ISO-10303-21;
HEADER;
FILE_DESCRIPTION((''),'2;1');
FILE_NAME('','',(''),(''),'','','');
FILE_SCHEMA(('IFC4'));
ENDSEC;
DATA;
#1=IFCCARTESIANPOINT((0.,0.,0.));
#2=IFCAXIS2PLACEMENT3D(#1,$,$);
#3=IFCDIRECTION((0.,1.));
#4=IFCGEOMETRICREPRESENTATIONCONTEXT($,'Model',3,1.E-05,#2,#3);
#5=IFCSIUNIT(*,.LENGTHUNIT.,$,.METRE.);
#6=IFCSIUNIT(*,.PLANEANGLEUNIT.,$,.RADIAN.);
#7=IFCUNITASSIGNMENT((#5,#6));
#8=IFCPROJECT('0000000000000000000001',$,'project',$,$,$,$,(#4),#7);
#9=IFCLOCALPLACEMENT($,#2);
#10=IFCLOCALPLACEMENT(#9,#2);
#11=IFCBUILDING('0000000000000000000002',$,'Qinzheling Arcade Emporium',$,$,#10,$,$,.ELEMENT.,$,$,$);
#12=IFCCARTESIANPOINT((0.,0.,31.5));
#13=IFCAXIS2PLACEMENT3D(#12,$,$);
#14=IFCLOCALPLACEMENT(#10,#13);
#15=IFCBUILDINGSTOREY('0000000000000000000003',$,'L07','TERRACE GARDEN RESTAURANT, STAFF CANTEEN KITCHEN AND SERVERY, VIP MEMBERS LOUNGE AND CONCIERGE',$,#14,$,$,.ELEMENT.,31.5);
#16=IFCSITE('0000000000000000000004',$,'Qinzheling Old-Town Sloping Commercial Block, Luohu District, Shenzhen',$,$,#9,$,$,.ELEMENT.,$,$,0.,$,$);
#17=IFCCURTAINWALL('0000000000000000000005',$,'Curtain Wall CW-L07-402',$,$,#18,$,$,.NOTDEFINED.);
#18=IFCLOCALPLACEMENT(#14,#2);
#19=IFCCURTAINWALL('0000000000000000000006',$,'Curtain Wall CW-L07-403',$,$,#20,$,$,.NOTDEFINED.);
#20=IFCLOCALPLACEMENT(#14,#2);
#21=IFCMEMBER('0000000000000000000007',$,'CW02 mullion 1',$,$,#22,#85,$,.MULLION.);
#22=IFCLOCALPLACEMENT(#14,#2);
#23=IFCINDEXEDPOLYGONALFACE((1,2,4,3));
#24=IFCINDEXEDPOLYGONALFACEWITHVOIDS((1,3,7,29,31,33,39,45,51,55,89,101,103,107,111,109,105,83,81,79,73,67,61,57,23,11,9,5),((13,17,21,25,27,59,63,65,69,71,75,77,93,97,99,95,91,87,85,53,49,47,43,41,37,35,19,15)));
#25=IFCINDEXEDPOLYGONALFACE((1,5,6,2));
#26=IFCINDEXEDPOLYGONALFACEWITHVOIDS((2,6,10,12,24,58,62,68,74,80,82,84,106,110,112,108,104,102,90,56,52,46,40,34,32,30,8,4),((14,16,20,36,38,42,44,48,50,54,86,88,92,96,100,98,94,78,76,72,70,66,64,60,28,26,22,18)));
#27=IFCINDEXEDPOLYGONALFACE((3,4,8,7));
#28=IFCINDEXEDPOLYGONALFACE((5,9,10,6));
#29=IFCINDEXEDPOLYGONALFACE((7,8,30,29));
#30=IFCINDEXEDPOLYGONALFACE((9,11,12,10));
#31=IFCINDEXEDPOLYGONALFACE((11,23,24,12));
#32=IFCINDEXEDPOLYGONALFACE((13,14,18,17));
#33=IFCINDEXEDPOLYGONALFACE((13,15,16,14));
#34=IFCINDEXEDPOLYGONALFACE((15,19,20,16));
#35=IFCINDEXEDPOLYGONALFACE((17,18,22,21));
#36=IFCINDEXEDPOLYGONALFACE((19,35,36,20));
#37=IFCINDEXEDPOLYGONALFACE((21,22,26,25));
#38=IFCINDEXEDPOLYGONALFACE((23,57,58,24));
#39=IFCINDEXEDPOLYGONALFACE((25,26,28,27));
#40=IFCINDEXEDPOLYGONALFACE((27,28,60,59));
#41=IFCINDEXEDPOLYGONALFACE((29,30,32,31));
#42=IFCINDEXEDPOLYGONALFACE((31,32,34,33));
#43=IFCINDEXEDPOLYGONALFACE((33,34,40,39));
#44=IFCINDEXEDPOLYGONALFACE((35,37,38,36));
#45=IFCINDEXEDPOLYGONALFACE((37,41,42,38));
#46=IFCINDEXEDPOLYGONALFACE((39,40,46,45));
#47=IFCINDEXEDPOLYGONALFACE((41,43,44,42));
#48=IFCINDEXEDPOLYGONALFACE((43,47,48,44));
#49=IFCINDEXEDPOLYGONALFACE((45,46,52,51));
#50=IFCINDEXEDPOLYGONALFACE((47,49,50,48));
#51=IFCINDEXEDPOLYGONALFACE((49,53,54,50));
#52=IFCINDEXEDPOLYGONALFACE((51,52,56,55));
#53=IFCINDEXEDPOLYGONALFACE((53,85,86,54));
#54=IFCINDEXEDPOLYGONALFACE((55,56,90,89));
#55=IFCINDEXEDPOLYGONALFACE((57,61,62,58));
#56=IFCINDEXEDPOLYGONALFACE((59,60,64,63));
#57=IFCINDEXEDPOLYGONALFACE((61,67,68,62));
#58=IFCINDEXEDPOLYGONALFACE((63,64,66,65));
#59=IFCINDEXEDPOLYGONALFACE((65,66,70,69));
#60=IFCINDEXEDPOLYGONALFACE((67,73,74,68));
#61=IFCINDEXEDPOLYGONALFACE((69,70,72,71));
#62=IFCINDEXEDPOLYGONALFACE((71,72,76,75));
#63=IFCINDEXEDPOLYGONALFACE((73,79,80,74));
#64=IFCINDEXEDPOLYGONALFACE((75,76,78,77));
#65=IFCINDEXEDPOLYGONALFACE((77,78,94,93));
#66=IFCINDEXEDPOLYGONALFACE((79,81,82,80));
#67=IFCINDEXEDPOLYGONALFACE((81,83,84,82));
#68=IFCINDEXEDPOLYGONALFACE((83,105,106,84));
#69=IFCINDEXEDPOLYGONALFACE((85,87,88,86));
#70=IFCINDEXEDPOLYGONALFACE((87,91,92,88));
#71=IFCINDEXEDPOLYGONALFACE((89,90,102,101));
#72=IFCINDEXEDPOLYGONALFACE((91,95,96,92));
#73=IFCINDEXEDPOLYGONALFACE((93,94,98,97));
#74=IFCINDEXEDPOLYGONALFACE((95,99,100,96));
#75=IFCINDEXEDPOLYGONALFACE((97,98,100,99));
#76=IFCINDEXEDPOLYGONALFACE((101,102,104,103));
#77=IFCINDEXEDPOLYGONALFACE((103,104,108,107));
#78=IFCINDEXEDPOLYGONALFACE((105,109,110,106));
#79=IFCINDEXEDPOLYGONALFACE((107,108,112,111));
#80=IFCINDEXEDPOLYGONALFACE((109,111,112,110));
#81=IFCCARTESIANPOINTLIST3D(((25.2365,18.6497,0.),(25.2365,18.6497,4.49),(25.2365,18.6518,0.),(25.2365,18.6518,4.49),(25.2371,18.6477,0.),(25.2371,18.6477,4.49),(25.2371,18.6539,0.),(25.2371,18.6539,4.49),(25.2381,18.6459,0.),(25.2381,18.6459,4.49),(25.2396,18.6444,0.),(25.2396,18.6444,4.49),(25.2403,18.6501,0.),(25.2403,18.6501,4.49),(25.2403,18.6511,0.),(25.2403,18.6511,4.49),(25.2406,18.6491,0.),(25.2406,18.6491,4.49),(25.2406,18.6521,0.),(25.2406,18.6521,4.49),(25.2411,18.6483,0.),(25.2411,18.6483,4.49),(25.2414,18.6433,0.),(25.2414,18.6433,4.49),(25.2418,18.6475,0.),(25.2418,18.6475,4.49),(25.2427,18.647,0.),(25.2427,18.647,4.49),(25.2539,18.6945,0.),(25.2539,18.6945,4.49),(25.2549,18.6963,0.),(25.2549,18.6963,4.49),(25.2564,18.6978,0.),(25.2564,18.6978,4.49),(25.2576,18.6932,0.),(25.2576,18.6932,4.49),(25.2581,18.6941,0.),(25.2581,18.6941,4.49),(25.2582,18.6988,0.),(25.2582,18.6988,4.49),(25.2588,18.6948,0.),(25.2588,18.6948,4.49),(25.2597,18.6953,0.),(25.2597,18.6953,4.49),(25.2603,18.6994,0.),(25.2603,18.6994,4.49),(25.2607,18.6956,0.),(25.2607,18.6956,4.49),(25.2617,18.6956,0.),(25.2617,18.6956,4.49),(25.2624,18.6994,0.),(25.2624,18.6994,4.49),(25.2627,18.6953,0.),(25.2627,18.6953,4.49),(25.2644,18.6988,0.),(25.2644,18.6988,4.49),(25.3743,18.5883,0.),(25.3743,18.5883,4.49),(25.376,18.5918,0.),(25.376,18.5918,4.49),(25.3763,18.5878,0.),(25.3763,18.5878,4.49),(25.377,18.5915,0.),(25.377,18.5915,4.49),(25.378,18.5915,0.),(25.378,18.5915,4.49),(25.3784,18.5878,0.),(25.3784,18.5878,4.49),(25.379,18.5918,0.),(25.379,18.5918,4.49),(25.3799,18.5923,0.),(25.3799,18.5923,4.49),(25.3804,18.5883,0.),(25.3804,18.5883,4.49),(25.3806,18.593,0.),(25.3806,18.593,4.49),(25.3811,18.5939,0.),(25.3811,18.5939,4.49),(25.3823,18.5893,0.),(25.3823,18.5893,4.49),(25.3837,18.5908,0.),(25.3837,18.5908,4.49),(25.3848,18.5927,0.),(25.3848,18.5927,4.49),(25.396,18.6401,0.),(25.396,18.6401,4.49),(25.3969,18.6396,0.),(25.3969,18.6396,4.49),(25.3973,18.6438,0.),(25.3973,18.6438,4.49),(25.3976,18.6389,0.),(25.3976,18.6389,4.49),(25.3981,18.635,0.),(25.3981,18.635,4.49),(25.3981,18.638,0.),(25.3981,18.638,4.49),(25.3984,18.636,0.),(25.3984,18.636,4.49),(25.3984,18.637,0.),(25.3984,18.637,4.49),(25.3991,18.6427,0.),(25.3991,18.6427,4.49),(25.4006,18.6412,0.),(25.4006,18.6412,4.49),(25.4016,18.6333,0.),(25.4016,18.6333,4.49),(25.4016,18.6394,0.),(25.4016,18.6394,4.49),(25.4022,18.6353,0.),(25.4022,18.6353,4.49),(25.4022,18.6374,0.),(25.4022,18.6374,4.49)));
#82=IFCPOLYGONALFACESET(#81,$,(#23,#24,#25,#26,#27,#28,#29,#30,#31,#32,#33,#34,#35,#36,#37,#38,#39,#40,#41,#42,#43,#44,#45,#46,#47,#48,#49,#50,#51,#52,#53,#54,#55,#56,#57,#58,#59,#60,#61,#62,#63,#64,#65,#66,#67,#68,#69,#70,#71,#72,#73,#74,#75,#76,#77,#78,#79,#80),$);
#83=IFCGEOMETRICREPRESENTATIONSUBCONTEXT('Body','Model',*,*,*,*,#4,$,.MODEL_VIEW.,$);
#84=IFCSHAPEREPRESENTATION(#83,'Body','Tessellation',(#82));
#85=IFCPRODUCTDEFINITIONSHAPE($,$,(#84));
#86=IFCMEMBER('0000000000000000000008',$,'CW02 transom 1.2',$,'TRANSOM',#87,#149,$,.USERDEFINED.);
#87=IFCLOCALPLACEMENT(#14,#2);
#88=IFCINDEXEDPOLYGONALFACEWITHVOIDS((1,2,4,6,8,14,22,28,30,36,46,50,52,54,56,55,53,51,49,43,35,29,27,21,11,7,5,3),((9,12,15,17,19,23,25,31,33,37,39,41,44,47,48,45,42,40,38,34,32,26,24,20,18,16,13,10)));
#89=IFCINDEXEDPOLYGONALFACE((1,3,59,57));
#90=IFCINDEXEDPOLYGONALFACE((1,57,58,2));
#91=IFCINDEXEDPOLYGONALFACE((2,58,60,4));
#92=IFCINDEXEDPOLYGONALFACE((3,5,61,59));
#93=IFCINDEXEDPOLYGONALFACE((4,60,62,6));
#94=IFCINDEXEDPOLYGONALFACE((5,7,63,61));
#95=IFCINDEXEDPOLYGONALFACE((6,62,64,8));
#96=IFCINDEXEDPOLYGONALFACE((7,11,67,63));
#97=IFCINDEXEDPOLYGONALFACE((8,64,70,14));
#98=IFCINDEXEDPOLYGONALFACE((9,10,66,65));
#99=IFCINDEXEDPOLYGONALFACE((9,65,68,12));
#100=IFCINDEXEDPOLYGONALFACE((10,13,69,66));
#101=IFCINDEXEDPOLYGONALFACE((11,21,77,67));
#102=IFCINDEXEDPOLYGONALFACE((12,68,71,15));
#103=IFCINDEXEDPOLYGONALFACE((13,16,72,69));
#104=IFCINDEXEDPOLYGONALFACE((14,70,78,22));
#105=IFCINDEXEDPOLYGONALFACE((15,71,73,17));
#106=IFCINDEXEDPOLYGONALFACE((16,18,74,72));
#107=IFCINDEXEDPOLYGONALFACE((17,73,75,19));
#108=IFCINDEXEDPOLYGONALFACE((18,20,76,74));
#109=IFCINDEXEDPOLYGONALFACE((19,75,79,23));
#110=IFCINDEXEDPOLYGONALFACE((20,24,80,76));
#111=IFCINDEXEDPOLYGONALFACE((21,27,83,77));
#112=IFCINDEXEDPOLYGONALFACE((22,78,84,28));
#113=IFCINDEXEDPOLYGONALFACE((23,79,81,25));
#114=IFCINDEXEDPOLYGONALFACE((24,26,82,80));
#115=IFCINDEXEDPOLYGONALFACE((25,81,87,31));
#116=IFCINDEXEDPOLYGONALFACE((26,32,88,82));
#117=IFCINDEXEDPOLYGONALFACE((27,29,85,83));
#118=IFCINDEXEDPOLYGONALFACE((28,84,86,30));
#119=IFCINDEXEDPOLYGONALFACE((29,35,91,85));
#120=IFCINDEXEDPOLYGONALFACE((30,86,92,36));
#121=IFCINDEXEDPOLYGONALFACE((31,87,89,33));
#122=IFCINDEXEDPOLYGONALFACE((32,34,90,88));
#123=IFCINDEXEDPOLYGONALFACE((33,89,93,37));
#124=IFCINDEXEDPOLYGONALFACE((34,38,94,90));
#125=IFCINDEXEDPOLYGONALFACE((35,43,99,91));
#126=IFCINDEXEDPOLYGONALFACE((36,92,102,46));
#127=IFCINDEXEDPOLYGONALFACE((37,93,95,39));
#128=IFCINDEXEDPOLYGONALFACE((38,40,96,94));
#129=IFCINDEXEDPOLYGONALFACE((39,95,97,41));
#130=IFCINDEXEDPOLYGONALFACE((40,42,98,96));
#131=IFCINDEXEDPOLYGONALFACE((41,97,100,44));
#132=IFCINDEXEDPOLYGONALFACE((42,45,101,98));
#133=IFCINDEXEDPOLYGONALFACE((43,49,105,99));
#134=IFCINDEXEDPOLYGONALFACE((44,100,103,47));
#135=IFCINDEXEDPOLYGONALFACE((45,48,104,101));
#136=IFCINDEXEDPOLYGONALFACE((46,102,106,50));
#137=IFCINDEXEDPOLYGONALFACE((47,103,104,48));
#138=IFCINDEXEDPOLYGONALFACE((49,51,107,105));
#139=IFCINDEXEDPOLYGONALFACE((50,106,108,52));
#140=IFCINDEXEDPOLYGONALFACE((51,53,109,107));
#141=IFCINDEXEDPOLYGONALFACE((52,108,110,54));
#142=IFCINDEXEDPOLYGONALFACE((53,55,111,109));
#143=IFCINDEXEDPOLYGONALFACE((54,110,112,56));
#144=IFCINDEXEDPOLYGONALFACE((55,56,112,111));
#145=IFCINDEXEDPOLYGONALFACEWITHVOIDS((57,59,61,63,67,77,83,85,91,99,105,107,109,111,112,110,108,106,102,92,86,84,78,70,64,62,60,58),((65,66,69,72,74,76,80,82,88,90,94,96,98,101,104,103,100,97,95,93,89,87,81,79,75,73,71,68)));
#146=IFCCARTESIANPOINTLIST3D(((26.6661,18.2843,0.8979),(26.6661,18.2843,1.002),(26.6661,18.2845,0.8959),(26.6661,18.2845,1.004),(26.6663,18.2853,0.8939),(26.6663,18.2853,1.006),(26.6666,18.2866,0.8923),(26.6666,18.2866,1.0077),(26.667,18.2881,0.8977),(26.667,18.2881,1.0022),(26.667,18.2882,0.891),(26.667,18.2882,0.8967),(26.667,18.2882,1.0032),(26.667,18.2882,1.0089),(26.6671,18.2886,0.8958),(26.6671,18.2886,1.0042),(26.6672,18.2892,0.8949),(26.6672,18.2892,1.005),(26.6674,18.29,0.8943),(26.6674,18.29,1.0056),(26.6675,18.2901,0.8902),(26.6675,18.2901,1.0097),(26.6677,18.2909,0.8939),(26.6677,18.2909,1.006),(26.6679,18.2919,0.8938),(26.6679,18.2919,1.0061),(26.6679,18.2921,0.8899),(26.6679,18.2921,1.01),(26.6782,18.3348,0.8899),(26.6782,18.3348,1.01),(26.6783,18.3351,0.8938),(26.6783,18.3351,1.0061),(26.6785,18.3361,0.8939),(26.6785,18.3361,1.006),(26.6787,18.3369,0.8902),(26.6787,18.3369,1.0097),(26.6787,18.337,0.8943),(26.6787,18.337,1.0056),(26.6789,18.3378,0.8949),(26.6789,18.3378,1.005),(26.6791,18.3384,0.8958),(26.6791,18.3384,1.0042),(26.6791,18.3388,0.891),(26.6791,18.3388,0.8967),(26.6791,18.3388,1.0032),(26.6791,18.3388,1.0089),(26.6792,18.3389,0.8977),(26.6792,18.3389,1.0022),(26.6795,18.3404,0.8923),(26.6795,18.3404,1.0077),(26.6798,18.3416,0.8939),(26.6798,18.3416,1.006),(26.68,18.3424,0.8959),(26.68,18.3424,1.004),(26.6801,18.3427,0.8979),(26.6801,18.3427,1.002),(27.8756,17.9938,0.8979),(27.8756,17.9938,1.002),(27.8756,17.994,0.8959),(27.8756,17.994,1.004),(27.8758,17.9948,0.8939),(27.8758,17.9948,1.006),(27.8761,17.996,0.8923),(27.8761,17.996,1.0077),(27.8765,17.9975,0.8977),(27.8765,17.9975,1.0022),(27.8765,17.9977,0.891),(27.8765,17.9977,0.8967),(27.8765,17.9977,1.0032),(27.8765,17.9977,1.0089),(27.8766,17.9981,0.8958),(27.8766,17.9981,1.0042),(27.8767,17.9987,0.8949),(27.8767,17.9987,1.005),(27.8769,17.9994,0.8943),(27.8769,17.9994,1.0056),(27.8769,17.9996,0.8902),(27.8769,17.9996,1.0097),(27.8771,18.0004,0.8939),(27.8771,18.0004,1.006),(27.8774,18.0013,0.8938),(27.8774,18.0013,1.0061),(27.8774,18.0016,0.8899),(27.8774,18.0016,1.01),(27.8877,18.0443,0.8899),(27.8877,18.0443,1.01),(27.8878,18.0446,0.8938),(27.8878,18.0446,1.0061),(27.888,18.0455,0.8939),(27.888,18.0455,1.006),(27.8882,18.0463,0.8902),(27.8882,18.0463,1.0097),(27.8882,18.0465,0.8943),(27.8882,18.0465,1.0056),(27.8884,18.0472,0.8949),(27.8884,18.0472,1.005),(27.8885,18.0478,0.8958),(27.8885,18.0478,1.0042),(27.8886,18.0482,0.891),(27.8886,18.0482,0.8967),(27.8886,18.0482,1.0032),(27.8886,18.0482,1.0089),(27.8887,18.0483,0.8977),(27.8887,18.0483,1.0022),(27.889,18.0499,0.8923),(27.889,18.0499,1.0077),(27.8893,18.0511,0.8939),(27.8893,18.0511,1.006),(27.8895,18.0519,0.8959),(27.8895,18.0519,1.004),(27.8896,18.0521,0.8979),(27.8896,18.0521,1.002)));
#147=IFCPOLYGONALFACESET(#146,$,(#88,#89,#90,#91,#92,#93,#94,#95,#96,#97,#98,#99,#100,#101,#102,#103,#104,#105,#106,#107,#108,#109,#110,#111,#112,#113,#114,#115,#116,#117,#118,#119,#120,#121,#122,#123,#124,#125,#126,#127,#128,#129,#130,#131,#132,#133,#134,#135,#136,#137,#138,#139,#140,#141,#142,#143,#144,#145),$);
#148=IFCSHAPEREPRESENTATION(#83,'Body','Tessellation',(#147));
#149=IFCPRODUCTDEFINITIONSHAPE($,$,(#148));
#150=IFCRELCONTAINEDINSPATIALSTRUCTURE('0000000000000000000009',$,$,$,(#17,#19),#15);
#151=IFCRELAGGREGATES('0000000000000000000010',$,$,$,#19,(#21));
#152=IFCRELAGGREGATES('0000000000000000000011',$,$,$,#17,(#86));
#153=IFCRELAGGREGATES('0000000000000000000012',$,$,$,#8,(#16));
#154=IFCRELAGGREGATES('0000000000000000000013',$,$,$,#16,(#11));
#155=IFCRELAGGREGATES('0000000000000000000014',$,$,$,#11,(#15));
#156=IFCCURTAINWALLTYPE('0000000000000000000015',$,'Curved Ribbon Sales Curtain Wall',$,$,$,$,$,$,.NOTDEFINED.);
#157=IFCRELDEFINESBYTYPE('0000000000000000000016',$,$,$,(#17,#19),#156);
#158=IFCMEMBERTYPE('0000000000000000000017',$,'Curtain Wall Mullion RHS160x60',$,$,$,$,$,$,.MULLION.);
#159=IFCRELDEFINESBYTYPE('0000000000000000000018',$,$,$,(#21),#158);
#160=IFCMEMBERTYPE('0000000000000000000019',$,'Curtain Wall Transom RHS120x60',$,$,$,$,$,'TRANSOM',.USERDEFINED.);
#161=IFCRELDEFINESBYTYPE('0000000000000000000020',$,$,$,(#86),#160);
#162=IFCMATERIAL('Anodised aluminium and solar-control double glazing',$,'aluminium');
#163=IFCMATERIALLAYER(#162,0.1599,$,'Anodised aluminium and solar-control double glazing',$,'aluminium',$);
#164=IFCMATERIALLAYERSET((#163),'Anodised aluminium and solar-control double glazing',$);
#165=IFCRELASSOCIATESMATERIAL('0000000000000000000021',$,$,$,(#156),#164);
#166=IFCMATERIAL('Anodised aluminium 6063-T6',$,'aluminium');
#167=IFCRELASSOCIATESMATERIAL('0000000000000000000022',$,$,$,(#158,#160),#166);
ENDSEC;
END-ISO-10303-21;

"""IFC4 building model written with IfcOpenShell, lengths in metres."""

from ifc_helpers import new_model, si_unit, direction, frame, origin, origin_2d, place, context, subcontext, project, spatial, hollow_rectangle, extrude, material, layer, layer_set, material_profile, profile_set, type_object, element, aggregate, save


model = new_model("IFC4")

# Units and contexts
model_context = context("Model", 3, precision=1e-05, world=origin(), true_north=direction((0.0, 1.0)))
body_context = subcontext(model_context, "Body", "Model", "MODEL_VIEW")
ifc_project = project(units=[si_unit("LENGTHUNIT", "METRE"), si_unit("PLANEANGLEUNIT", "RADIAN")], contexts=[model_context])

# Site, building, storey
site_placement = place(None, origin())
site = spatial("IfcSite", under=ifc_project, at=site_placement, Name="Qinzheling Old-Town Sloping Commercial Block, Luohu District, Shenzhen", CompositionType="ELEMENT", RefElevation=0.0)
building_placement = place(site_placement, origin())
building = spatial("IfcBuilding", under=site, at=building_placement, Name="Qinzheling Arcade Emporium", CompositionType="ELEMENT")
storey_placement = place(building_placement, frame((0.0, 0.0, 31.5)))
storey = spatial("IfcBuildingStorey", under=building, at=storey_placement, Name="L07", Description="TERRACE GARDEN RESTAURANT, STAFF CANTEEN KITCHEN AND SERVERY, VIP MEMBERS LOUNGE AND CONCIERGE", CompositionType="ELEMENT", Elevation=31.5)

# Curtain wall
ifc_material_1 = material(Name="Anodised aluminium and solar-control double glazing", Category="aluminium")
ifc_layer_1 = layer(ifc_material_1, 0.1599, Name="Anodised aluminium and solar-control double glazing", Category="aluminium")
ifc_layer_set_1 = layer_set([ifc_layer_1], Name="Anodised aluminium and solar-control double glazing")
curtain_wall_type = type_object("IfcCurtainWallType", Name="Curved Ribbon Sales Curtain Wall", PredefinedType="NOTDEFINED", material=ifc_layer_set_1)
curtain_wall_1_placement = place(storey_placement, origin())
curtain_wall_1 = element("IfcCurtainWall", 1, at=curtain_wall_1_placement, inside=storey, type_object=curtain_wall_type, Name="Curtain Wall CW-L07-402", PredefinedType="NOTDEFINED")
ifc_material_2 = material(Name="Anodised aluminium 6063-T6", Category="aluminium")
ifc_material_profile_1 = material_profile(ifc_material_2, hollow_rectangle(XDim=0.0601, YDim=0.1599, WallThickness=0.0039, InnerFilletRadius=0.0039, OuterFilletRadius=0.0081, at=origin_2d()), Name="RHS 160x60x4", Category="aluminium")
ifc_profile_set_1 = profile_set([ifc_material_profile_1], Name="Anodised aluminium 6063-T6")
member_type_1 = type_object("IfcMemberType", Name="Curtain Wall Mullion RHS160x60", PredefinedType="MULLION", material=ifc_profile_set_1)

# Curtain wall, member
curtain_wall_2_placement = place(storey_placement, origin())
curtain_wall_2 = element("IfcCurtainWall", 2, at=curtain_wall_2_placement, inside=storey, type_object=curtain_wall_type, Name="Curtain Wall CW-L07-403", PredefinedType="NOTDEFINED")
member_1_placement = place(storey_placement, frame((25.3193, 18.6436, 0.0), z_axis=(0.0, 0.0, 1.0), x_axis=(-0.382672, -0.923884, 0.0)))
member_1 = element("IfcMember", 3, at=member_1_placement, type_object=member_type_1, Name="CW02 mullion 1", PredefinedType="MULLION", context=body_context, shape_type="SweptSolid", body=[
    extrude(hollow_rectangle(XDim=0.0601, YDim=0.1599, WallThickness=0.0039, InnerFilletRadius=0.0039, OuterFilletRadius=0.0081, at=origin_2d()), origin(), (0.0, 0.0, 1.0), 4.49),
])

# Member
ifc_material_profile_2 = material_profile(ifc_material_2, hollow_rectangle(XDim=0.0601, YDim=0.1201, WallThickness=0.0039, InnerFilletRadius=0.0039, OuterFilletRadius=0.0081, at=origin_2d()), Name="RHS 120x60x4", Category="aluminium")
ifc_profile_set_2 = profile_set([ifc_material_profile_2], Name="Anodised aluminium 6063-T6")
member_type_2 = type_object("IfcMemberType", Name="Curtain Wall Transom RHS120x60", ElementType="TRANSOM", PredefinedType="USERDEFINED", material=ifc_profile_set_2)
member_2_placement = place(storey_placement, frame((27.8826, 18.0229, 0.95), z_axis=(-0.972341, 0.233566, 0.0), x_axis=(-0.233566, -0.972341, 0.0)))
member_2 = element("IfcMember", 4, at=member_2_placement, type_object=member_type_2, Name="CW02 transom 1.2", ObjectType="TRANSOM", PredefinedType="USERDEFINED", context=body_context, shape_type="SweptSolid", body=[
    extrude(hollow_rectangle(XDim=0.0601, YDim=0.1201, WallThickness=0.0039, InnerFilletRadius=0.0039, OuterFilletRadius=0.0081, at=origin_2d()), origin(), (0.0, 0.0, 1.0), 1.2439),
])
aggregate(curtain_wall_2, [member_1])

aggregate(curtain_wall_1, [member_2])

save(model, "model.ifc")
